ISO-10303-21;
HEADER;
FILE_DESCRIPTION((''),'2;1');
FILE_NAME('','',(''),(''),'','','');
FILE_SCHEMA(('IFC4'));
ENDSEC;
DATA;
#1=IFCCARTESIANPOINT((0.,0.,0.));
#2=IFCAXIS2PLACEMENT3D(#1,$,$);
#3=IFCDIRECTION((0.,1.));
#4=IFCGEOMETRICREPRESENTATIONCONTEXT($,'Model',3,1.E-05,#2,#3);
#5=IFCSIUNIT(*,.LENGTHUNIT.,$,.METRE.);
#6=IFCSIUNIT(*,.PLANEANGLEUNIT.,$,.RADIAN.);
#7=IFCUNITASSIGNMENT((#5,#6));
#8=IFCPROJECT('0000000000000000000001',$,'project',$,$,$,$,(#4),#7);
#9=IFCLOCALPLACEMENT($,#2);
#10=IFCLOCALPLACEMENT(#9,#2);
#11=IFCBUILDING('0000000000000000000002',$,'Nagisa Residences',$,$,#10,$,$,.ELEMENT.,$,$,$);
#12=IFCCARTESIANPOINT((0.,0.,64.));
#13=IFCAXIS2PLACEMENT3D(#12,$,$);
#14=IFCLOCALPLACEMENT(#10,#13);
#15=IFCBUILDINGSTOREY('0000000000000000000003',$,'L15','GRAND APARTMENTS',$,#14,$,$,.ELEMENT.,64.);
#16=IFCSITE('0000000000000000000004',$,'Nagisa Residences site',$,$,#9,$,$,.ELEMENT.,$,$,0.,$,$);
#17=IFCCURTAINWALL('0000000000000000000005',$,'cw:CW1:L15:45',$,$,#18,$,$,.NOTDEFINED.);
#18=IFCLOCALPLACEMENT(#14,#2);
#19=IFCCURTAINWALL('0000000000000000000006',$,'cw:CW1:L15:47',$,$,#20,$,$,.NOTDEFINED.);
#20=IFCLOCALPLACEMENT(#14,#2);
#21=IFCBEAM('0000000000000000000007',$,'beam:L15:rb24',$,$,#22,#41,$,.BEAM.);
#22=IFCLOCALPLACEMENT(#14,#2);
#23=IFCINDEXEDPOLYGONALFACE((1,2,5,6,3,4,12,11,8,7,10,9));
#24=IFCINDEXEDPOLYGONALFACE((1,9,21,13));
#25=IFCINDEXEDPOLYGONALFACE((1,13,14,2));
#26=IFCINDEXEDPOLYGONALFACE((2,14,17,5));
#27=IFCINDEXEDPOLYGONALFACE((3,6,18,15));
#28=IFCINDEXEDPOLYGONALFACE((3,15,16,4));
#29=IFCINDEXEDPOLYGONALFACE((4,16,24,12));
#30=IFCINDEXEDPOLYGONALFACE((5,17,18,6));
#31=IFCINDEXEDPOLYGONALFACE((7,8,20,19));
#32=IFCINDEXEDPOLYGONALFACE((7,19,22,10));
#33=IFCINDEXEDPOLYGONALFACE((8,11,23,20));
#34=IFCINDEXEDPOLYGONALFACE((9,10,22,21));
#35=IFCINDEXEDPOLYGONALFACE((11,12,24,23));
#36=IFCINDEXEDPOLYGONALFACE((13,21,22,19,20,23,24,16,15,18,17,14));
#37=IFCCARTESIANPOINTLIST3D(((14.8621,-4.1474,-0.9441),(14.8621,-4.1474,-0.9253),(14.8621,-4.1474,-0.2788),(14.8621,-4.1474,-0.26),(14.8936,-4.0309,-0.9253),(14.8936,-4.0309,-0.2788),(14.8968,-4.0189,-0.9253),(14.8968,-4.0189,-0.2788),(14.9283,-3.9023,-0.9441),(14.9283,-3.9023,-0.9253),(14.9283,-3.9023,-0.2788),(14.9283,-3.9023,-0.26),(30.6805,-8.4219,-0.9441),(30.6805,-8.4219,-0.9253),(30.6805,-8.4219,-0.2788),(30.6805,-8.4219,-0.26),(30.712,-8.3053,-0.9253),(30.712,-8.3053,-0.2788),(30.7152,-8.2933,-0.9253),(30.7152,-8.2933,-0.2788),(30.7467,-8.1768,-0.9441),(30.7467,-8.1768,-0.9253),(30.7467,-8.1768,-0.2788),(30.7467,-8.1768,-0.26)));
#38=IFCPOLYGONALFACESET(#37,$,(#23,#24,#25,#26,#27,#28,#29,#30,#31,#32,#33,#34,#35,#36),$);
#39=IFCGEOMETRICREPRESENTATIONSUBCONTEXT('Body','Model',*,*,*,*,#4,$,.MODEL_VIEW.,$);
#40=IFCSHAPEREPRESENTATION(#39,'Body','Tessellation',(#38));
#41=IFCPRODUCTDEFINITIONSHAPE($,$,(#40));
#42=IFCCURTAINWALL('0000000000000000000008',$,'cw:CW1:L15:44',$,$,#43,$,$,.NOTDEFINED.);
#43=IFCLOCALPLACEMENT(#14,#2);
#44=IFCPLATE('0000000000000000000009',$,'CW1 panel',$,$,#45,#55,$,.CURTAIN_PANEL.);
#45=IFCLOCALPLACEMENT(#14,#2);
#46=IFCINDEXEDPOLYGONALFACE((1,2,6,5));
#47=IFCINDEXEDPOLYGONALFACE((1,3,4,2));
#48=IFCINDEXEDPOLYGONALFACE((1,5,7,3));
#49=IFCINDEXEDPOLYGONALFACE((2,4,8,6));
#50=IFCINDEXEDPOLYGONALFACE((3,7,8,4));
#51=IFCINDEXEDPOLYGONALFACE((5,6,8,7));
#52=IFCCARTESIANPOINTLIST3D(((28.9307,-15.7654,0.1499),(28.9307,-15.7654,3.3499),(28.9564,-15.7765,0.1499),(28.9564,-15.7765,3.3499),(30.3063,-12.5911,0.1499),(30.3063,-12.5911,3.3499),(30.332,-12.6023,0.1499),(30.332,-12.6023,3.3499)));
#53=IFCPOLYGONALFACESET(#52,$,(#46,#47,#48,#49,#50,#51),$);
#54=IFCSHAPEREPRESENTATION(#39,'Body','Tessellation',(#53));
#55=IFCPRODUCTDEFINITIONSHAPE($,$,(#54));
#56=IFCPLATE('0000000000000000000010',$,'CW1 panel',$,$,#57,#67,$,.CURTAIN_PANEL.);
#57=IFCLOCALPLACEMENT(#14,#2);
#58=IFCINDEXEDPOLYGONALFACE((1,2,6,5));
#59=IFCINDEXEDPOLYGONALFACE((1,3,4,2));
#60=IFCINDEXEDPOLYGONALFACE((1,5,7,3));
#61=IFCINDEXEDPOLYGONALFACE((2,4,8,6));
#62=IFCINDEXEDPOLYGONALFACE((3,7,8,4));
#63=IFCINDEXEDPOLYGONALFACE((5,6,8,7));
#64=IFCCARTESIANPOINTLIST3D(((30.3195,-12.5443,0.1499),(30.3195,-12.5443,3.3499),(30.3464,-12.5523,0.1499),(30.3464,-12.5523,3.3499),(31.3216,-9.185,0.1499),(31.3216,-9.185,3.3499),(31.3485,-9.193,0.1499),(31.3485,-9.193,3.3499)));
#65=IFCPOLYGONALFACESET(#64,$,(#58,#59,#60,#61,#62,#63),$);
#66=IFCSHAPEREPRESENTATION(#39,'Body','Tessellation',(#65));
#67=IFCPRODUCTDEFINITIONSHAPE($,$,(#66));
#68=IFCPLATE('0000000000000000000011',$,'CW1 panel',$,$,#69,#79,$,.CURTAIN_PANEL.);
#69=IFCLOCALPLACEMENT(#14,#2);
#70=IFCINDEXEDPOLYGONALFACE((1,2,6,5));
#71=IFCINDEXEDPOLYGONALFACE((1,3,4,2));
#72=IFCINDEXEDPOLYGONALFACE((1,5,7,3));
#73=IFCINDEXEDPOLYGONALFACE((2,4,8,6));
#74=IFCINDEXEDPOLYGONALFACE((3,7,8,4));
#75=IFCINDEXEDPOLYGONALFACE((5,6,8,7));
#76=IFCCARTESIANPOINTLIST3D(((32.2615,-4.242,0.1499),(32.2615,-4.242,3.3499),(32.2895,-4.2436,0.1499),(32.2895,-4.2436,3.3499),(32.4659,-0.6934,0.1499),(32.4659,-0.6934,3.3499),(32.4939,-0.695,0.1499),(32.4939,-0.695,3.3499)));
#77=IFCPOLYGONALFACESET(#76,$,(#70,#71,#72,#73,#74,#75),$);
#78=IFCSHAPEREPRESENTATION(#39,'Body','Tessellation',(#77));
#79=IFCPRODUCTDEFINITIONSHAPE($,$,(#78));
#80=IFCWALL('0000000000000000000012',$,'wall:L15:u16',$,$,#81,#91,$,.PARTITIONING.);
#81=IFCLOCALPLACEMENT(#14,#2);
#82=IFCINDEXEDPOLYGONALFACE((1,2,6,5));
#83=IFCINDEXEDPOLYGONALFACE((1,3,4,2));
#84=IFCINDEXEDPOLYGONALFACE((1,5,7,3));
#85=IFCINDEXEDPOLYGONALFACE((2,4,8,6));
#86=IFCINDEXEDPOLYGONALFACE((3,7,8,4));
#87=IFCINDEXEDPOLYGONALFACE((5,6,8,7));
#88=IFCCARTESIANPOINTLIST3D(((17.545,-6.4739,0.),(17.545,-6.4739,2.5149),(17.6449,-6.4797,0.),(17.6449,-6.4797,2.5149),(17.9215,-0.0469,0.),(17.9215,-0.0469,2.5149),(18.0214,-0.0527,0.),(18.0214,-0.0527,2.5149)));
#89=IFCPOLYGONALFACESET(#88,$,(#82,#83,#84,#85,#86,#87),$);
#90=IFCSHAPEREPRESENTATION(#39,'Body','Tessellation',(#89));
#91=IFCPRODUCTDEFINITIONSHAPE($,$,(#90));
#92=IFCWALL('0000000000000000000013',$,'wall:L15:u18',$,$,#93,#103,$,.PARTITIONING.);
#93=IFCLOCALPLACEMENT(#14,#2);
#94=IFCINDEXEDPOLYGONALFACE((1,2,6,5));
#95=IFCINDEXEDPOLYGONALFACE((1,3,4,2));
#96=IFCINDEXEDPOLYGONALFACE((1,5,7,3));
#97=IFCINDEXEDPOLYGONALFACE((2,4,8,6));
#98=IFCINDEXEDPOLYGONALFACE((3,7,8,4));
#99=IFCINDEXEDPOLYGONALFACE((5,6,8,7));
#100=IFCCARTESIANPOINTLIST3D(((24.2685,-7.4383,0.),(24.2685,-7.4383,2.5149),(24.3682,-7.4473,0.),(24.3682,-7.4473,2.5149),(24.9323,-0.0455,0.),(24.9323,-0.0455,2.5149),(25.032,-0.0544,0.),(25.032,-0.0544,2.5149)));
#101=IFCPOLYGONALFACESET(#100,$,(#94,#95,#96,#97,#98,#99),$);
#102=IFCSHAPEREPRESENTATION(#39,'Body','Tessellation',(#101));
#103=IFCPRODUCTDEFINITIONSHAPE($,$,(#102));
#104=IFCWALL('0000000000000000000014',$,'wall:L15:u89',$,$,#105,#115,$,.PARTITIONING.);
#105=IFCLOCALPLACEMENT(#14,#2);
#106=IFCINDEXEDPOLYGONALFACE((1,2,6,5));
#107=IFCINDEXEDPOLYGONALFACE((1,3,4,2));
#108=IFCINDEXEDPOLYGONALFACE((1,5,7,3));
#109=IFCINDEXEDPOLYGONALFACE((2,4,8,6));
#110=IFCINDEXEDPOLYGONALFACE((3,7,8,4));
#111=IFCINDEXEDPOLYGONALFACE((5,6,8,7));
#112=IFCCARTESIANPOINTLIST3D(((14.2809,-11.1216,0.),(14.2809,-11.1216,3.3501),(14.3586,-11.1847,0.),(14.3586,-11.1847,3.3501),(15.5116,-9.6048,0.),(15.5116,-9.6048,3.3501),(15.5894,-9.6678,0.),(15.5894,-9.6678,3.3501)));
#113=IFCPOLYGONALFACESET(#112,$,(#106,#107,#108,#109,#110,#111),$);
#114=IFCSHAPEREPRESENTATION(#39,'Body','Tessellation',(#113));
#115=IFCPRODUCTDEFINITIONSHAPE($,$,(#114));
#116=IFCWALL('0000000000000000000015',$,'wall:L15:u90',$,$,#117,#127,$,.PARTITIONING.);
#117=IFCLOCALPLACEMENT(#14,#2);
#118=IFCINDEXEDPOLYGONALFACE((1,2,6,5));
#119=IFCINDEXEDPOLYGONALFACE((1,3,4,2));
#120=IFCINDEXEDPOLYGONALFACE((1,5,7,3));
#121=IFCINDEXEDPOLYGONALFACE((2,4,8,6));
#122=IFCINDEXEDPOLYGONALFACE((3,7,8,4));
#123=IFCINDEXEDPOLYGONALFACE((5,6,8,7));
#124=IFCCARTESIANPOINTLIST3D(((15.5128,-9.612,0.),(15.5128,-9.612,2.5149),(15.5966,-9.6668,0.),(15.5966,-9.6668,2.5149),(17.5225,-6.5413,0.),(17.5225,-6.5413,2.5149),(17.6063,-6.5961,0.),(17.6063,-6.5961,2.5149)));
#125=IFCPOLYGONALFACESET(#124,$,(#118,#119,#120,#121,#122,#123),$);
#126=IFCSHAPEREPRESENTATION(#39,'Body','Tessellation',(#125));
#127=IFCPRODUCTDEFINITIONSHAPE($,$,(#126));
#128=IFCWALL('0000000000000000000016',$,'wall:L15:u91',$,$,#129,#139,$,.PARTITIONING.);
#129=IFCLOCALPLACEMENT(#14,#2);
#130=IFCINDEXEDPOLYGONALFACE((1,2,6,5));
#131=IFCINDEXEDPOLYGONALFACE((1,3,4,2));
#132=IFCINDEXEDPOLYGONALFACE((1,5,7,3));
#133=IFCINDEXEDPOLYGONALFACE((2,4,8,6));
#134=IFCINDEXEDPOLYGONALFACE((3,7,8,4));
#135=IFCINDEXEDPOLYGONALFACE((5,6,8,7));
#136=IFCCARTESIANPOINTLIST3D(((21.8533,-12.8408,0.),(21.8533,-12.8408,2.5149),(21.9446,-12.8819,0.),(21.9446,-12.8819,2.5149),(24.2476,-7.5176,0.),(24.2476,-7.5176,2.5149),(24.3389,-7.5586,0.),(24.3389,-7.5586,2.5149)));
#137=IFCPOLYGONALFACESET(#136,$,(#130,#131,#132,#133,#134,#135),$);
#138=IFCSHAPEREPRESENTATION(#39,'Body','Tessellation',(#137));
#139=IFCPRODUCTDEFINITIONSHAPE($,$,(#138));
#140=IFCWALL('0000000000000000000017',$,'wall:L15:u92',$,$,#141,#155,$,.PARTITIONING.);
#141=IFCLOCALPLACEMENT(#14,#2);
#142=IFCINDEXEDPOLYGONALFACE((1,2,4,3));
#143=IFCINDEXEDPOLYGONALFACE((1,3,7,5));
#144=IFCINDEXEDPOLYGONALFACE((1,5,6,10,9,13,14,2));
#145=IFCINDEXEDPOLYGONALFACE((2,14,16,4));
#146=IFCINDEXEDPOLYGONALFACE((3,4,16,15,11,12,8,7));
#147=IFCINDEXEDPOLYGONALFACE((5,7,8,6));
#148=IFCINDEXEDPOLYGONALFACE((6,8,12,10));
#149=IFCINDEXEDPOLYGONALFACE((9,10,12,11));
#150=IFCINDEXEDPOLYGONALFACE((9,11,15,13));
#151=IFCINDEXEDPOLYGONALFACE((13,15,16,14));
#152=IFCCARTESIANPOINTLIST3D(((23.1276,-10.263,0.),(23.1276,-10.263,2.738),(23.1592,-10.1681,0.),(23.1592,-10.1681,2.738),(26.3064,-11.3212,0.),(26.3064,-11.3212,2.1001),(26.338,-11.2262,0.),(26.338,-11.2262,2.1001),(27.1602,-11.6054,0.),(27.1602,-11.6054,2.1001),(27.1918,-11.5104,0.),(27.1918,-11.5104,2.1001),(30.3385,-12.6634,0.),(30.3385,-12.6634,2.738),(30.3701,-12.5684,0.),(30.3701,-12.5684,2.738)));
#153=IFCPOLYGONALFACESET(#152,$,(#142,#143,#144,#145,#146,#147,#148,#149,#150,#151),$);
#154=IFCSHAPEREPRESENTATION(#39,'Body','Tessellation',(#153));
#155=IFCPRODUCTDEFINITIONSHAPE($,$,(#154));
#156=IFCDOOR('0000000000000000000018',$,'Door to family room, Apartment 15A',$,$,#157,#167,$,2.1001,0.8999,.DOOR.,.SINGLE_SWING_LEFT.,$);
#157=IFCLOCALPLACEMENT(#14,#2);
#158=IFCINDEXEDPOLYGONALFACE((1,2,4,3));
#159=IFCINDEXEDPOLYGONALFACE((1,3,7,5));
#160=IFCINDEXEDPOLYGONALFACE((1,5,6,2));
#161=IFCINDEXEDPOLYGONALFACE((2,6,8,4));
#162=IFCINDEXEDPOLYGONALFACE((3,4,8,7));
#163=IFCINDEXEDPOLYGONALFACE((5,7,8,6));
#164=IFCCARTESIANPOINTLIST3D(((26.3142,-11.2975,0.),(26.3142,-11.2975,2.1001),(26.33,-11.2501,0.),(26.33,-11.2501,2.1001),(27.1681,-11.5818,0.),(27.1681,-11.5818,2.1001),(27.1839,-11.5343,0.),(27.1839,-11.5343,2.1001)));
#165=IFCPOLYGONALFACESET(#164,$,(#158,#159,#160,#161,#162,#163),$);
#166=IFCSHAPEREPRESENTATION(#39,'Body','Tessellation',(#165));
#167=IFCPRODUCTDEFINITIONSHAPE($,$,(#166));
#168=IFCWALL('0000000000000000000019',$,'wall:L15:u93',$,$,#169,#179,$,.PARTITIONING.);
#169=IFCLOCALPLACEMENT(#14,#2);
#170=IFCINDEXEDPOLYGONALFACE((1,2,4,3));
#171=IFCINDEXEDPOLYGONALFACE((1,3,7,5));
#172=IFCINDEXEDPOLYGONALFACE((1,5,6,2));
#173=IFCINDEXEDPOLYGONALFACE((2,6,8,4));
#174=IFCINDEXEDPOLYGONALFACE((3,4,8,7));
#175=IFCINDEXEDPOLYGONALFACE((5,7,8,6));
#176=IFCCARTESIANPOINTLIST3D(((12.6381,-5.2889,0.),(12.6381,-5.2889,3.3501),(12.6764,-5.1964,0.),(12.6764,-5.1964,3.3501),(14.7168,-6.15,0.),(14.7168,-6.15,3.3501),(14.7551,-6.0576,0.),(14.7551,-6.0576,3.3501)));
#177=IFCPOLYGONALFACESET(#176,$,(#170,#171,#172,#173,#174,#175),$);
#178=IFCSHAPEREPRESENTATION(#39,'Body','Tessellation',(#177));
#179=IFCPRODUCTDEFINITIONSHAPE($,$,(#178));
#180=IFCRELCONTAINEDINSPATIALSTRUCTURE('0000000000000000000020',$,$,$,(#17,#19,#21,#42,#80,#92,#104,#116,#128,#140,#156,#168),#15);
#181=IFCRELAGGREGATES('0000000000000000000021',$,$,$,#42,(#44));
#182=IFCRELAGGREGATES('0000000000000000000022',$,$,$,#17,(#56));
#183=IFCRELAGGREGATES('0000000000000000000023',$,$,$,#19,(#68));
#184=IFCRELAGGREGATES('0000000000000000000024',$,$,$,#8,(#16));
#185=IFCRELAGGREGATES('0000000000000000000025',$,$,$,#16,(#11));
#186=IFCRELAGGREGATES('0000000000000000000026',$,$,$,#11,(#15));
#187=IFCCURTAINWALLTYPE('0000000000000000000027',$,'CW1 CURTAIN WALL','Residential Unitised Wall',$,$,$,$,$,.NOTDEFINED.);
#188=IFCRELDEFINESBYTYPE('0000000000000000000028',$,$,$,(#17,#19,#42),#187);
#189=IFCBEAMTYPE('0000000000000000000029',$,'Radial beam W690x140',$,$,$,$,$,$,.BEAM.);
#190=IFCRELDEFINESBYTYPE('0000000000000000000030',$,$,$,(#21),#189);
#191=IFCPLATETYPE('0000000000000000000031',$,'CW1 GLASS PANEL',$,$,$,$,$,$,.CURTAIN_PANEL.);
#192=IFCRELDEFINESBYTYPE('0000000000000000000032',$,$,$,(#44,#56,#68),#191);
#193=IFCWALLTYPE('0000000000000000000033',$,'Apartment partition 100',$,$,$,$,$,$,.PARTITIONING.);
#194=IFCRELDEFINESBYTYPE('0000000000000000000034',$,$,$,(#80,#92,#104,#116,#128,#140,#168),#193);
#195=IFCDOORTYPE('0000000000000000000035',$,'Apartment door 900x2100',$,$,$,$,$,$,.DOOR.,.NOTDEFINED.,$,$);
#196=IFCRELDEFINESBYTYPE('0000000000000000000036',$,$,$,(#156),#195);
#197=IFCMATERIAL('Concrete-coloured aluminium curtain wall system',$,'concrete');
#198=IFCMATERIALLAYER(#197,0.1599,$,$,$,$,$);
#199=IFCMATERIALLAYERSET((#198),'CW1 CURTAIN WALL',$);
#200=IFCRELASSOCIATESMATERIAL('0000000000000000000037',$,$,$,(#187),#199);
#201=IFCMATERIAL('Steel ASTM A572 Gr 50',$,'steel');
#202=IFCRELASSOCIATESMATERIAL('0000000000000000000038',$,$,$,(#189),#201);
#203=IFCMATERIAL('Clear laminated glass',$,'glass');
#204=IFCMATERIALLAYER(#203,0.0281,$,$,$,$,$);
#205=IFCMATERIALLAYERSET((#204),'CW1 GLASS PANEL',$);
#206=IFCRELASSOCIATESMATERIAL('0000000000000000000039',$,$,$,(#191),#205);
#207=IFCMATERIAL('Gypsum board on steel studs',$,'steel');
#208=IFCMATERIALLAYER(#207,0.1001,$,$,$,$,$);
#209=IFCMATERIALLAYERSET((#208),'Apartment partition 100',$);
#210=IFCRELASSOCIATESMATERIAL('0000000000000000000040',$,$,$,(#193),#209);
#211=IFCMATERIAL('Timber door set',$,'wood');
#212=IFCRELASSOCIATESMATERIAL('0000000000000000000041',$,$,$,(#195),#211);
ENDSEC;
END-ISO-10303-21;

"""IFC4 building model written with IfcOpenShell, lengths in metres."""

from ifc_helpers import new_model, si_unit, direction, frame, frame_2d, origin, origin_2d, place, context, subcontext, project, spatial, rectangle, i_section, extrude, material, layer, layer_set, material_profile, profile_set, type_object, element, fill, aggregate, save


model = new_model("IFC4")

# Units and contexts
model_context = context("Model", 3, precision=1e-05, world=origin(), true_north=direction((0.0, 1.0)))
body_context = subcontext(model_context, "Body", "Model", "MODEL_VIEW")
ifc_project = project(units=[si_unit("LENGTHUNIT", "METRE"), si_unit("PLANEANGLEUNIT", "RADIAN")], contexts=[model_context])

# Site, building, storey
site_placement = place(None, origin())
site = spatial("IfcSite", under=ifc_project, at=site_placement, Name="Nagisa Residences site", CompositionType="ELEMENT", RefElevation=0.0)
building_placement = place(site_placement, origin())
building = spatial("IfcBuilding", under=site, at=building_placement, Name="Nagisa Residences", CompositionType="ELEMENT")
storey_placement = place(building_placement, frame((0.0, 0.0, 64.0)))
storey = spatial("IfcBuildingStorey", under=building, at=storey_placement, Name="L15", Description="GRAND APARTMENTS", CompositionType="ELEMENT", Elevation=64.0)

# Curtain walls
ifc_material_1 = material(Name="Concrete-coloured aluminium curtain wall system", Category="concrete")
ifc_layer_1 = layer(ifc_material_1, 0.1599)
ifc_layer_set_1 = layer_set([ifc_layer_1], Name="CW1 CURTAIN WALL")
curtain_wall_type = type_object("IfcCurtainWallType", Name="CW1 CURTAIN WALL", Description="Residential Unitised Wall", PredefinedType="NOTDEFINED", material=ifc_layer_set_1)
curtain_wall_1_placement = place(storey_placement, origin())
curtain_wall_1 = element("IfcCurtainWall", 1, at=curtain_wall_1_placement, inside=storey, type_object=curtain_wall_type, Name="cw:CW1:L15:45", PredefinedType="NOTDEFINED")
curtain_wall_2_placement = place(storey_placement, origin())
curtain_wall_2 = element("IfcCurtainWall", 2, at=curtain_wall_2_placement, inside=storey, type_object=curtain_wall_type, Name="cw:CW1:L15:47", PredefinedType="NOTDEFINED")

# Beam
ifc_material_2 = material(Name="Steel ASTM A572 Gr 50", Category="steel")
ifc_material_profile_1 = material_profile(ifc_material_2, i_section(OverallWidth=0.2539, OverallDepth=0.6841, WebThickness=0.0125, FlangeThickness=0.0188, at=origin_2d()), Name="W690x140")
ifc_profile_set_1 = profile_set([ifc_material_profile_1], Name="Steel ASTM A572 Gr 50")
beam_type_1 = type_object("IfcBeamType", Name="Radial beam W690x140", PredefinedType="BEAM", material=ifc_profile_set_1)
beam_1_placement = place(storey_placement, frame((30.7136, -8.2993, -0.6021), z_axis=(-0.965376, 0.260862, 0.0), x_axis=(-0.260862, -0.965376, 0.0)))
element("IfcBeam", 3, at=beam_1_placement, inside=storey, type_object=beam_type_1, Name="beam:L15:rb24", PredefinedType="BEAM", context=body_context, shape_type="SweptSolid", body=[
    extrude(i_section(OverallWidth=0.2539, OverallDepth=0.6841, WebThickness=0.0125, FlangeThickness=0.0188, at=origin_2d()), origin(), (0.0, 0.0, 1.0), 16.3857),
])

# Curtain wall, plate
curtain_wall_3_placement = place(storey_placement, origin())
curtain_wall_3 = element("IfcCurtainWall", 4, at=curtain_wall_3_placement, inside=storey, type_object=curtain_wall_type, Name="cw:CW1:L15:44", PredefinedType="NOTDEFINED")
ifc_material_3 = material(Name="Clear laminated glass", Category="glass")
ifc_layer_2 = layer(ifc_material_3, 0.0281)
ifc_layer_set_2 = layer_set([ifc_layer_2], Name="CW1 GLASS PANEL")
plate_type = type_object("IfcPlateType", Name="CW1 GLASS PANEL", PredefinedType="CURTAIN_PANEL", material=ifc_layer_set_2)
plate_1_placement = place(storey_placement, frame((29.6313, -14.1838, 0.1499), z_axis=(0.0, 0.0, 1.0), x_axis=(0.397636, 0.917543, 0.0)))
plate_1 = element("IfcPlate", 5, at=plate_1_placement, type_object=plate_type, Name="CW1 panel", PredefinedType="CURTAIN_PANEL", context=body_context, shape_type="SweptSolid", body=[
    extrude(rectangle(XDim=3.4595, YDim=0.0281, at=origin_2d()), origin(), (0.0, 0.0, 1.0), 3.2),
])
aggregate(curtain_wall_3, [plate_1])

# Plates
plate_2_placement = place(storey_placement, frame((30.834, -10.8687, 0.1499), z_axis=(0.0, 0.0, 1.0), x_axis=(0.28586, 0.958271, 0.0)))
plate_2 = element("IfcPlate", 6, at=plate_2_placement, type_object=plate_type, Name="CW1 panel", PredefinedType="CURTAIN_PANEL", context=body_context, shape_type="SweptSolid", body=[
    extrude(rectangle(XDim=3.5056, YDim=0.0281, at=origin_2d()), origin(), (0.0, 0.0, 1.0), 3.2),
])
aggregate(curtain_wall_1, [plate_2])
plate_3_placement = place(storey_placement, frame((32.3777, -2.4685, 0.1499), z_axis=(0.0, 0.0, 1.0), x_axis=(0.057503, 0.998345, 0.0)))
plate_3 = element("IfcPlate", 7, at=plate_3_placement, type_object=plate_type, Name="CW1 panel", PredefinedType="CURTAIN_PANEL", context=body_context, shape_type="SweptSolid", body=[
    extrude(rectangle(XDim=3.5544, YDim=0.0281, at=origin_2d()), origin(), (0.0, 0.0, 1.0), 3.2),
])
aggregate(curtain_wall_2, [plate_3])

# Walls
ifc_material_4 = material(Name="Gypsum board on steel studs", Category="steel")
ifc_layer_3 = layer(ifc_material_4, 0.1001)
ifc_layer_set_3 = layer_set([ifc_layer_3], Name="Apartment partition 100")
wall_type_1 = type_object("IfcWallType", Name="Apartment partition 100", PredefinedType="PARTITIONING", material=ifc_layer_set_3)
wall_1_placement = place(storey_placement, frame((17.9714, -0.0498, 0.0), z_axis=(0.0, 0.0, 1.0), x_axis=(-0.058475, -0.998289, 0.0)))
element("IfcWall", 8, at=wall_1_placement, inside=storey, type_object=wall_type_1, Name="wall:L15:u16", PredefinedType="PARTITIONING", context=body_context, shape_type="SweptSolid", body=[
    extrude(rectangle(XDim=6.438, YDim=0.1001, at=frame_2d((3.219, 0.0))), origin(), (0.0, 0.0, 1.0), 2.5149),
])
wall_2_placement = place(storey_placement, frame((24.9822, -0.0498, 0.0), z_axis=(0.0, 0.0, 1.0), x_axis=(-0.089432, -0.995993, 0.0)))
element("IfcWall", 9, at=wall_2_placement, inside=storey, type_object=wall_type_1, Name="wall:L15:u18", PredefinedType="PARTITIONING", context=body_context, shape_type="SweptSolid", body=[
    extrude(rectangle(XDim=7.4226, YDim=0.1001, at=frame_2d((3.7114, 0.0))), origin(), (0.0, 0.0, 1.0), 2.5149),
])
wall_3_placement = place(storey_placement, frame((14.3198, -11.1531, 0.0), z_axis=(0.0, 0.0, 1.0), x_axis=(0.630061, 0.776546, 0.0)))
element("IfcWall", 10, at=wall_3_placement, inside=storey, type_object=wall_type_1, Name="wall:L15:u89", PredefinedType="PARTITIONING", context=body_context, shape_type="SweptSolid", body=[
    extrude(rectangle(XDim=1.9534, YDim=0.1001, at=frame_2d((0.9766, 0.0))), origin(), (0.0, 0.0, 1.0), 3.3501),
])
wall_4_placement = place(storey_placement, frame((15.5547, -9.6394, 0.0), z_axis=(0.0, 0.0, 1.0), x_axis=(0.547619, 0.836728, 0.0)))
element("IfcWall", 11, at=wall_4_placement, inside=storey, type_object=wall_type_1, Name="wall:L15:u90", PredefinedType="PARTITIONING", context=body_context, shape_type="SweptSolid", body=[
    extrude(rectangle(XDim=3.6699, YDim=0.1001, at=frame_2d((1.835, 0.0))), origin(), (0.0, 0.0, 1.0), 2.5149),
])
wall_5_placement = place(storey_placement, frame((21.8989, -12.8613, 0.0), z_axis=(0.0, 0.0, 1.0), x_axis=(0.410198, 0.911997, 0.0)))
element("IfcWall", 12, at=wall_5_placement, inside=storey, type_object=wall_type_1, Name="wall:L15:u91", PredefinedType="PARTITIONING", context=body_context, shape_type="SweptSolid", body=[
    extrude(rectangle(XDim=5.8369, YDim=0.1001, at=frame_2d((2.9185, 0.0))), origin(), (0.0, 0.0, 1.0), 2.5149),
])

# Wall, opening, door
wall_6_placement = place(storey_placement, frame((23.1436, -10.2156, 0.0), z_axis=(0.0, 0.0, 1.0), x_axis=(0.948812, -0.315842, 0.0)))
wall_6 = element("IfcWall", 13, at=wall_6_placement, inside=storey, type_object=wall_type_1, Name="wall:L15:u92", PredefinedType="PARTITIONING", context=body_context, shape_type="SweptSolid", body=[
    extrude(rectangle(XDim=7.5999, YDim=0.1001, at=frame_2d((3.7998, 0.0))), origin(), (0.0, 0.0, 1.0), 2.738),
])
opening_1_placement = place(wall_6_placement, frame((3.3501, 0.0, 0.0)))
opening_1 = element("IfcOpeningElement", 14, at=opening_1_placement, cuts=wall_6, PredefinedType="OPENING", context=body_context, shape_type="SweptSolid", body=[
    extrude(rectangle(XDim=0.8999, YDim=2.1001, at=frame_2d((0.45, 1.05))), frame((0.0, 0.0601, 0.0), z_axis=(0.0, -1.0, 0.0), x_axis=(1.0, 0.0, 0.0)), (0.0, 0.0, 1.0), 0.1201),
])
ifc_material_5 = material(Name="Timber door set", Category="wood")
door_type_1 = type_object("IfcDoorType", Name="Apartment door 900x2100", OperationType="NOTDEFINED", PredefinedType="DOOR", material=ifc_material_5)
door_1_placement = place(opening_1_placement, origin())
door_1 = element("IfcDoor", 15, at=door_1_placement, inside=storey, type_object=door_type_1, Name="Door to family room, Apartment 15A", OperationType="SINGLE_SWING_LEFT", OverallHeight=2.1001, OverallWidth=0.8999, PredefinedType="DOOR", context=body_context, shape_type="SweptSolid", body=[
    extrude(rectangle(XDim=0.8999, YDim=2.1001, at=frame_2d((0.45, 1.05))), frame((0.0, 0.0249, 0.0), z_axis=(0.0, -1.0, 0.0), x_axis=(1.0, 0.0, 0.0)), (0.0, 0.0, 1.0), 0.05),
])
fill(opening_1, door_1)

# Wall
wall_7_placement = place(storey_placement, frame((12.6572, -5.2427, 0.0), z_axis=(0.0, 0.0, 1.0), x_axis=(0.923865, -0.382719, 0.0)))
element("IfcWall", 16, at=wall_7_placement, inside=storey, type_object=wall_type_1, Name="wall:L15:u93", PredefinedType="PARTITIONING", context=body_context, shape_type="SweptSolid", body=[
    extrude(rectangle(XDim=2.25, YDim=0.1001, at=frame_2d((1.125, 0.0))), origin(), (0.0, 0.0, 1.0), 3.3501),
])

save(model, "model.ifc")
